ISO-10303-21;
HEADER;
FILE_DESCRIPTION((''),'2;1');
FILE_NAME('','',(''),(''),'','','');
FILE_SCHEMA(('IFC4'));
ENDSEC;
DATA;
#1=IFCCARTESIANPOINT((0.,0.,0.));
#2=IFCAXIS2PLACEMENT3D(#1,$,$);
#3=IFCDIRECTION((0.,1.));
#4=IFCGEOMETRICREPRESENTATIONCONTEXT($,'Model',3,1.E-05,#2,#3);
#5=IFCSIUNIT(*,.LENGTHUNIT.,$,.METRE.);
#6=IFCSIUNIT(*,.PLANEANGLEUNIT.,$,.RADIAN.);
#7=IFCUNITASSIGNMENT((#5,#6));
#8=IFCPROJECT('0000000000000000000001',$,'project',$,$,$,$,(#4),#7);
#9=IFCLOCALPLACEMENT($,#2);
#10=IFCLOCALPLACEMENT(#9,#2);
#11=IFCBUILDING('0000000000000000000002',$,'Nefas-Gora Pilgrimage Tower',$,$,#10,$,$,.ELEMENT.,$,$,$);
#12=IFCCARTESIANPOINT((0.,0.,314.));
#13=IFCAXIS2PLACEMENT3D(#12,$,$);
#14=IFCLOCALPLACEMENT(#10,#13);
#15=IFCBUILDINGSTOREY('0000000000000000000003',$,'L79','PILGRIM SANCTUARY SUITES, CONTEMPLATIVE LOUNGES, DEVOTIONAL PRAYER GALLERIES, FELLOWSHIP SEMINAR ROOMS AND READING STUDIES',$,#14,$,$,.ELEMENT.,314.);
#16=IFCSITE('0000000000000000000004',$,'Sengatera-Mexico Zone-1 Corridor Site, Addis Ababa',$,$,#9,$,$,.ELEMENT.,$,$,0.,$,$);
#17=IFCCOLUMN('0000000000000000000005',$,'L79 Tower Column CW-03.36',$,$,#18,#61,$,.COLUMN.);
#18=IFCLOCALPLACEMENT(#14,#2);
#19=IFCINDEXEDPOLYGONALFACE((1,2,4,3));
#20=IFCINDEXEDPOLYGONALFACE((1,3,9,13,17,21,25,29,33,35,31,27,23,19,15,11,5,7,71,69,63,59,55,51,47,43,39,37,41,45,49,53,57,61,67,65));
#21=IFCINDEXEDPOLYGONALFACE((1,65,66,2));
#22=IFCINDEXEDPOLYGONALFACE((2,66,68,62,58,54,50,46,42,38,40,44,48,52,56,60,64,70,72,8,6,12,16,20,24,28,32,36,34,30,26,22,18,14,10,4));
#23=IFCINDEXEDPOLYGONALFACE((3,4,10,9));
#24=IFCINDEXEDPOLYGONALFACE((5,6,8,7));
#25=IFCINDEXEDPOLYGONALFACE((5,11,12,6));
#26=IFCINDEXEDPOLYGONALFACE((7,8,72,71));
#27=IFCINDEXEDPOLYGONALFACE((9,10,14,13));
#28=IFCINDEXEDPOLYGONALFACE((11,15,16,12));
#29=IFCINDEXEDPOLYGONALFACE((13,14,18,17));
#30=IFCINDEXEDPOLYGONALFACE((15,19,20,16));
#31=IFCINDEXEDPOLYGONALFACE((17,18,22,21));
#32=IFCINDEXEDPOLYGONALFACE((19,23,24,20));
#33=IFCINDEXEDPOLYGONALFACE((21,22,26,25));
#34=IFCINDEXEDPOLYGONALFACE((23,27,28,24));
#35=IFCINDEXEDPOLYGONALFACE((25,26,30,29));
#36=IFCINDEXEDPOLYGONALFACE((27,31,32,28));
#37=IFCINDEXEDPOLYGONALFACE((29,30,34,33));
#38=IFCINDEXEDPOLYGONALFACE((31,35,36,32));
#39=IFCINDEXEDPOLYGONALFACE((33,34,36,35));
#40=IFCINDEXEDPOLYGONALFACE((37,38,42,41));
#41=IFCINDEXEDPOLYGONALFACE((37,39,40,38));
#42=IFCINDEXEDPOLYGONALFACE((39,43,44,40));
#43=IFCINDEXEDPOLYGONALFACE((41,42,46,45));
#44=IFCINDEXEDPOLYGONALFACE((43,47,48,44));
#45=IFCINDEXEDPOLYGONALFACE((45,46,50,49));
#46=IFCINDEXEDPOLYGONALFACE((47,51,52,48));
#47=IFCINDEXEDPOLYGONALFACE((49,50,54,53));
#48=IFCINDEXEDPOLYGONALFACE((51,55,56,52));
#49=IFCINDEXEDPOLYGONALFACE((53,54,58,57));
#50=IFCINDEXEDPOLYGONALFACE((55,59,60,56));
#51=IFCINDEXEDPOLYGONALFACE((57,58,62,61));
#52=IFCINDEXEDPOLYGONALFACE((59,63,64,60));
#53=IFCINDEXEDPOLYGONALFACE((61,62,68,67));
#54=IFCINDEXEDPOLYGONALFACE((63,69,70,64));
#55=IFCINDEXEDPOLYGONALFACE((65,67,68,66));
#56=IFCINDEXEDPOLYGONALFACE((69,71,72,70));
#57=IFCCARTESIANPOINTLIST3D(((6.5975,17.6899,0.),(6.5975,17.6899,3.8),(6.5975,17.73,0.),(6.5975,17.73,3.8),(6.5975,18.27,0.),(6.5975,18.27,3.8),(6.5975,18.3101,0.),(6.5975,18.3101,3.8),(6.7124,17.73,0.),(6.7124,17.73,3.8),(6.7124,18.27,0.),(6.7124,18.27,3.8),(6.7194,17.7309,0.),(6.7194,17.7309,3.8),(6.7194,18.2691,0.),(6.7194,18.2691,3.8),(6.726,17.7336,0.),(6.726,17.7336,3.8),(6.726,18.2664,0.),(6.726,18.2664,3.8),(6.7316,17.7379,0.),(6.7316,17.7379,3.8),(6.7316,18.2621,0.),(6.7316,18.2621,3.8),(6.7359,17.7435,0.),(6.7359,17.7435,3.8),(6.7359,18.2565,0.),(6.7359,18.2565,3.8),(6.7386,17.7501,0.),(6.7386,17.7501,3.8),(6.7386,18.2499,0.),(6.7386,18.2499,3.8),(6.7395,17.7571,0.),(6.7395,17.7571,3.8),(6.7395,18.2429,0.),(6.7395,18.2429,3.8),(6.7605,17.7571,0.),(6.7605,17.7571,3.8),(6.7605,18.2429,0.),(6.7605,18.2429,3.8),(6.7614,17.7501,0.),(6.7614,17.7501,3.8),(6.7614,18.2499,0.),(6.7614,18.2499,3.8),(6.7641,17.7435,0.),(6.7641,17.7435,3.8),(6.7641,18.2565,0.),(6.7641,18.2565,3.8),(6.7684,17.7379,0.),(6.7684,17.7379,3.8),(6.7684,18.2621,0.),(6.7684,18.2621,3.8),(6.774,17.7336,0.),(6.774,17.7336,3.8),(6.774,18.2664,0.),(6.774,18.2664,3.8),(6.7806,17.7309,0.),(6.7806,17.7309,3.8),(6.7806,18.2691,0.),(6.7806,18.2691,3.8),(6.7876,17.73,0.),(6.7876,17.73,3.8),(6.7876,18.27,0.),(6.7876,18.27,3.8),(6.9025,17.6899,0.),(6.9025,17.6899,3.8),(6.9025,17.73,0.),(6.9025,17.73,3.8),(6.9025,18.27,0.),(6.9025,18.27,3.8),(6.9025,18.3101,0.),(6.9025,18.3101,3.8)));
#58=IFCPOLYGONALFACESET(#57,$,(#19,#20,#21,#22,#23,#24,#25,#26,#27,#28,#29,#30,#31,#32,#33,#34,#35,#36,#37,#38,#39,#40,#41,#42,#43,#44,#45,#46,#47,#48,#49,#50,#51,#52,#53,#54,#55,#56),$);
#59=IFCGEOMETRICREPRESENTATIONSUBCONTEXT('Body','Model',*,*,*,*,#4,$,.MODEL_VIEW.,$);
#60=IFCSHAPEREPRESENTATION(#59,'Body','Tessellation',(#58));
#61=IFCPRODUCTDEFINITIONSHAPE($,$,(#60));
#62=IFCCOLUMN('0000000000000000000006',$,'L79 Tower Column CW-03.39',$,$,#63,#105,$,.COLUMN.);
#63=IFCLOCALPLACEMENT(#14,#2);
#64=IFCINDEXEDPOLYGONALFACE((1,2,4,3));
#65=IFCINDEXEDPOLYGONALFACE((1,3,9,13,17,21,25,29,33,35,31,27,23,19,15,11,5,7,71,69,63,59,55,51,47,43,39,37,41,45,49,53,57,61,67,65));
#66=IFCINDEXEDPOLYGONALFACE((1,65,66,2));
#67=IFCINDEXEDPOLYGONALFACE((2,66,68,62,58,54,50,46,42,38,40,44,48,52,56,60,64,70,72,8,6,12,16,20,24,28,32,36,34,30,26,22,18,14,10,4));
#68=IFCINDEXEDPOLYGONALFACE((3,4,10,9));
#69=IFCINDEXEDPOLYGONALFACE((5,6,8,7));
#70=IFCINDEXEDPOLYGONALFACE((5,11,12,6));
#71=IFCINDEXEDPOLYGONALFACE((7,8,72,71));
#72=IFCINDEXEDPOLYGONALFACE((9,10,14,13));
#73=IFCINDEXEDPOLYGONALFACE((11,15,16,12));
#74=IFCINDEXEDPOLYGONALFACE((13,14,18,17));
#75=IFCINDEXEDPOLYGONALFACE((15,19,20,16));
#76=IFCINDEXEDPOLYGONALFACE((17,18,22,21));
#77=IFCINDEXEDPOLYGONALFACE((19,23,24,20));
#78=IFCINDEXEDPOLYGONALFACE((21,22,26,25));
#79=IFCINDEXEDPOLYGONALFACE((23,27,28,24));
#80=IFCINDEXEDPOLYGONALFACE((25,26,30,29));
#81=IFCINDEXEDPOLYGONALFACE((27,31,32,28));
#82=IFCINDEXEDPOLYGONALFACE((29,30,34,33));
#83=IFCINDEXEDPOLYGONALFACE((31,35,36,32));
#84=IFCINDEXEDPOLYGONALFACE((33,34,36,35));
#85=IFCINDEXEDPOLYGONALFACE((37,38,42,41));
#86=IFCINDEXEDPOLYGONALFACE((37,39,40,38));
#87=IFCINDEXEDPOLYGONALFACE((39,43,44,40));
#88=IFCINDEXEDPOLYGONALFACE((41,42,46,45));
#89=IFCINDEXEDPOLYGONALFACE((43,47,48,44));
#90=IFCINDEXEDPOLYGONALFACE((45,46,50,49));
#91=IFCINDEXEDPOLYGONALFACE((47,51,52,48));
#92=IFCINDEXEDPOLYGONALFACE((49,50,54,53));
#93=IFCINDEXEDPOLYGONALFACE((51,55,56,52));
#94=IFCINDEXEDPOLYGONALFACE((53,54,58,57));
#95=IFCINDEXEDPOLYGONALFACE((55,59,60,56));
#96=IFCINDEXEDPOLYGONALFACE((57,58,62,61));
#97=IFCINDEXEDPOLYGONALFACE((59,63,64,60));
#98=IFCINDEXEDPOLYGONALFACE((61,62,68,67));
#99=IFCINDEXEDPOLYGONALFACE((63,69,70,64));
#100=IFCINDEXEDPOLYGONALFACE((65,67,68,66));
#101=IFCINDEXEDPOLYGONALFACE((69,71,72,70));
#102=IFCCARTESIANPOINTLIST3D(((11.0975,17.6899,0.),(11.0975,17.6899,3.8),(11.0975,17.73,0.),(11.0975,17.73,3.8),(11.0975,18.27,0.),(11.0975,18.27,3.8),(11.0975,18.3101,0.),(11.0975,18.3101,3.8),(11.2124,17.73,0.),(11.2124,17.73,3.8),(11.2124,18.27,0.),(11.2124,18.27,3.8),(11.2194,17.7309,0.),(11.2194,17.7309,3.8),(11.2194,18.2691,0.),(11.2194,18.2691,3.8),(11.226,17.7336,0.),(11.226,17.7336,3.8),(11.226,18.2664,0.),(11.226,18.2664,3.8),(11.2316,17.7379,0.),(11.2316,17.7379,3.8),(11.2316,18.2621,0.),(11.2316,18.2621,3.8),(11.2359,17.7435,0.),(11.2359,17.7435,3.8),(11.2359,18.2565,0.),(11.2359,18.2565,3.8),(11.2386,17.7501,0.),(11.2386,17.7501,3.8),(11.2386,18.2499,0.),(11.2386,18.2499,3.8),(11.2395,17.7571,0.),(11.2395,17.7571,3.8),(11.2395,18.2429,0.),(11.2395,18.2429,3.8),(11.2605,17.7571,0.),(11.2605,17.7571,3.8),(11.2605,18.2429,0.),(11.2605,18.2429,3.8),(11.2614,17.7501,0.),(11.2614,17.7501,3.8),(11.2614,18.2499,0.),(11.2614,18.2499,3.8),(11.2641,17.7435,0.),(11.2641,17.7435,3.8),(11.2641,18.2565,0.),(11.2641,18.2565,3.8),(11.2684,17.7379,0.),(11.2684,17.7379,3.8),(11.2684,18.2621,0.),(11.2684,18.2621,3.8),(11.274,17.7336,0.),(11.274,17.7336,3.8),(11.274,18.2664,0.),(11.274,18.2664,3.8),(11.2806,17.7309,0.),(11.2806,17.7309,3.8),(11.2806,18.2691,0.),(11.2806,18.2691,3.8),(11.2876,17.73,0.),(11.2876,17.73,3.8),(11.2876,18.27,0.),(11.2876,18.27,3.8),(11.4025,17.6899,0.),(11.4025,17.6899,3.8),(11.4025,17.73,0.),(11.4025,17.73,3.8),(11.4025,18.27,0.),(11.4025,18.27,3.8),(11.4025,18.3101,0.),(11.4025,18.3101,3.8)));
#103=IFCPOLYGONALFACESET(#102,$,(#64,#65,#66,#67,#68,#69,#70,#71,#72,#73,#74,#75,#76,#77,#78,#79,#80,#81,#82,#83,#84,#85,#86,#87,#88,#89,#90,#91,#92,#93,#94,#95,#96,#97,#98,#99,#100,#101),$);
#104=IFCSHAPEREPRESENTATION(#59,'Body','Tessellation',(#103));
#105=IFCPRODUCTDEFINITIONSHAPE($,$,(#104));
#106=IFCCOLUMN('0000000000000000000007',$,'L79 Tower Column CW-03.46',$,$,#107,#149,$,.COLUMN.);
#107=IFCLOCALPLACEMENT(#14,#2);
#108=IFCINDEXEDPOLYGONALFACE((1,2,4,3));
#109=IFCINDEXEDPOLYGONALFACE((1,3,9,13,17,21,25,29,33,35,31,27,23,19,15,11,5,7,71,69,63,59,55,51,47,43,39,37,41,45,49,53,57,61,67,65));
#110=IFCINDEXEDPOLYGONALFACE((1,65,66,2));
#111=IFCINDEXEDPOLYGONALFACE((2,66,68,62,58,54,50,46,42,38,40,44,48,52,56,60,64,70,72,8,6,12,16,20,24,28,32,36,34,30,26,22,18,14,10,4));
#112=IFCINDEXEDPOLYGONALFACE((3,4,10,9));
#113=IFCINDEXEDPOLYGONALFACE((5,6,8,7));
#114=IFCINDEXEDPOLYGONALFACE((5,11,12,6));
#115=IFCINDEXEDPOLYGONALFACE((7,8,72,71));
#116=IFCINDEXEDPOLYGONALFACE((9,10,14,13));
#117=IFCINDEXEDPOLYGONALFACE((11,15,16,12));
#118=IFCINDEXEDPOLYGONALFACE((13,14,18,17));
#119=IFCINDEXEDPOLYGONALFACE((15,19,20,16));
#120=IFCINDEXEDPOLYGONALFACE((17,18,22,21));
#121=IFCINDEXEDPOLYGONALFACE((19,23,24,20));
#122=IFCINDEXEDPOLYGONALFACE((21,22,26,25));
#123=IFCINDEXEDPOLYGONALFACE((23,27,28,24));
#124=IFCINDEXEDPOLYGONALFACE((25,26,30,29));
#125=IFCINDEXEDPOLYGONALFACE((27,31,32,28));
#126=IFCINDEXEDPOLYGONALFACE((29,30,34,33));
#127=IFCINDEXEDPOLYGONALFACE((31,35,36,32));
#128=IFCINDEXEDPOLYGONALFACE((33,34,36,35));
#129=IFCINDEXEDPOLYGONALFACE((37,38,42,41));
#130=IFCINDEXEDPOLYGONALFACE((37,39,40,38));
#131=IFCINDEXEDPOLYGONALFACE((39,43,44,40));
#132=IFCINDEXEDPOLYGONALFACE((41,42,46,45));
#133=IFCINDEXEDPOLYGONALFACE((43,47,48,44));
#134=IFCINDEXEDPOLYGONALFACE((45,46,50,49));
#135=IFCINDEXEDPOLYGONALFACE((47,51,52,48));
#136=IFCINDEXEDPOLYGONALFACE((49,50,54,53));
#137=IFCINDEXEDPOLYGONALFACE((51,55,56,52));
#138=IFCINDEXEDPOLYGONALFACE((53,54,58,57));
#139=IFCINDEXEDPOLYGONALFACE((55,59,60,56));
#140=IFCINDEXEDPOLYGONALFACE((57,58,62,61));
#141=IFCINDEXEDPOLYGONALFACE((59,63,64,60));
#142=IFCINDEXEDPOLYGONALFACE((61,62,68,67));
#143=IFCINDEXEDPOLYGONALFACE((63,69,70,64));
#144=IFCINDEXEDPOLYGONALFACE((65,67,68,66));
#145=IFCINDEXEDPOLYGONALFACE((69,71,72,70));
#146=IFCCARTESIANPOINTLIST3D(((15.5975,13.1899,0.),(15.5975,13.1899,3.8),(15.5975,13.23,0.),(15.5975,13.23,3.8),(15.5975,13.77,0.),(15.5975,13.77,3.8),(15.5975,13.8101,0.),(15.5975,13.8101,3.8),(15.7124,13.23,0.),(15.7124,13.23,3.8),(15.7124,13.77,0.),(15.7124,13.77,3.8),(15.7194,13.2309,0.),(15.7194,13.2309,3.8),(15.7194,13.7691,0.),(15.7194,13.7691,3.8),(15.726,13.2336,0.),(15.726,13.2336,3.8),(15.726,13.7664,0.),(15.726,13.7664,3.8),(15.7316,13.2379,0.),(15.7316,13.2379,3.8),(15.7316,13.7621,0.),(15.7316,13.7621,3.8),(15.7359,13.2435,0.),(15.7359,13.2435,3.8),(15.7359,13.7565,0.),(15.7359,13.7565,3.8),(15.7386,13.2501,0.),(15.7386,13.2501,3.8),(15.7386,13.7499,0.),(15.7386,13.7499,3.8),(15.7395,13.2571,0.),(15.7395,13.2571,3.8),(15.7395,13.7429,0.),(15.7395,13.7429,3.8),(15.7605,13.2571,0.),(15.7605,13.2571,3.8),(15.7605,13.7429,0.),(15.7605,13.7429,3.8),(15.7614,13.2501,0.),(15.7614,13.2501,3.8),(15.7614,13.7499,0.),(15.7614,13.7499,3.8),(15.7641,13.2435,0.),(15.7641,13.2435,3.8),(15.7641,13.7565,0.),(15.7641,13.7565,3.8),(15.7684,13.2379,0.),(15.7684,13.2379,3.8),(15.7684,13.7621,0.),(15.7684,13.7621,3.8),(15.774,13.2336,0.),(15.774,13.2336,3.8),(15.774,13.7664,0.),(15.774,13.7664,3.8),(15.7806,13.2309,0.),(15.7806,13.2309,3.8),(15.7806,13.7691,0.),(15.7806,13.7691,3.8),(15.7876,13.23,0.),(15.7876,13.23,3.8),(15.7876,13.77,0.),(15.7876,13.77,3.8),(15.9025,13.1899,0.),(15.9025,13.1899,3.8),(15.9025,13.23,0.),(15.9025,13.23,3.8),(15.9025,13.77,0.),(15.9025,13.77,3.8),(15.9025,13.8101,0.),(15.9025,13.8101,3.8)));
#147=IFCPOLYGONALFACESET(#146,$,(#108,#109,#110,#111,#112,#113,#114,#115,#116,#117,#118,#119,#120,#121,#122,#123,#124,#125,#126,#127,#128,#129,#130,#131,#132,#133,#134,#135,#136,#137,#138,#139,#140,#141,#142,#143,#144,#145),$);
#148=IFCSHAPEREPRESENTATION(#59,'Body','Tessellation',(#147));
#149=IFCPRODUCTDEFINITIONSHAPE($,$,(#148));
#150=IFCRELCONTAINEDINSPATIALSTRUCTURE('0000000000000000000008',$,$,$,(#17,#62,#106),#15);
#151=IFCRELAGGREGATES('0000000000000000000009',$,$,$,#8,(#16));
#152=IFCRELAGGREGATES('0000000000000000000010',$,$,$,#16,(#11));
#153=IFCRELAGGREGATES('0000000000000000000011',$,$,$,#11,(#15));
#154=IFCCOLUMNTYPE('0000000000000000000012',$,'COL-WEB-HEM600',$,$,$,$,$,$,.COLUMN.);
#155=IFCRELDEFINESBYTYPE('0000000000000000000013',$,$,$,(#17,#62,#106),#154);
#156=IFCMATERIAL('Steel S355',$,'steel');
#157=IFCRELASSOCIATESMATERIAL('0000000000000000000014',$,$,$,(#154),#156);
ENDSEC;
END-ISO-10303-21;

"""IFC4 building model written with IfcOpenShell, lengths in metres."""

from ifc_helpers import new_model, si_unit, direction, frame, origin, origin_2d, place, context, subcontext, project, spatial, i_section, extrude, source, transform, mapped, material, material_profile, profile_set, type_object, element, save


model = new_model("IFC4")

# Units and contexts
model_context = context("Model", 3, precision=1e-05, world=origin(), true_north=direction((0.0, 1.0)))
body_context = subcontext(model_context, "Body", "Model", "MODEL_VIEW")
ifc_project = project(units=[si_unit("LENGTHUNIT", "METRE"), si_unit("PLANEANGLEUNIT", "RADIAN")], contexts=[model_context])

# Site, building, storey
site_placement = place(None, origin())
site = spatial("IfcSite", under=ifc_project, at=site_placement, Name="Sengatera-Mexico Zone-1 Corridor Site, Addis Ababa", CompositionType="ELEMENT", RefElevation=0.0)
building_placement = place(site_placement, origin())
building = spatial("IfcBuilding", under=site, at=building_placement, Name="Nefas-Gora Pilgrimage Tower", CompositionType="ELEMENT")
storey_placement = place(building_placement, frame((0.0, 0.0, 314.0)))
storey = spatial("IfcBuildingStorey", under=building, at=storey_placement, Name="L79", Description="PILGRIM SANCTUARY SUITES, CONTEMPLATIVE LOUNGES, DEVOTIONAL PRAYER GALLERIES, FELLOWSHIP SEMINAR ROOMS AND READING STUDIES", CompositionType="ELEMENT", Elevation=314.0)

# Columns
ifc_material_1 = material(Name="Steel S355", Category="steel")
ifc_material_profile_1 = material_profile(ifc_material_1, i_section(OverallWidth=0.3049, OverallDepth=0.6201, WebThickness=0.021, FlangeThickness=0.04, FilletRadius=0.0271, at=origin_2d()), Name="HEM 600")
ifc_profile_set_1 = profile_set([ifc_material_profile_1], Name="Steel S355")
column_type_1 = type_object("IfcColumnType", Name="COL-WEB-HEM600", PredefinedType="COLUMN", material=ifc_profile_set_1)
shared_shape_1 = source(origin(), body_context, "Body", "SweptSolid", [
    extrude(i_section(OverallWidth=0.3049, OverallDepth=0.6201, WebThickness=0.021, FlangeThickness=0.04, FilletRadius=0.0271, at=origin_2d()), origin(), (0.0, 0.0, 1.0), 3.8),
])
for number, where, z_axis, x_axis, name in (
    (1, (6.75, 18.0, 0.0), (0.0, 0.0, 1.0), (1.0, 0.0, 0.0), "L79 Tower Column CW-03.36"),
    (2, (11.25, 18.0, 0.0), (0.0, 0.0, 1.0), (1.0, 0.0, 0.0), "L79 Tower Column CW-03.39"),
    (3, (15.75, 13.5, 0.0), (0.0, 0.0, 1.0), (1.0, 0.0, 0.0), "L79 Tower Column CW-03.46"),
):
    element("IfcColumn", number, at=place(storey_placement, frame(where, z_axis=z_axis, x_axis=x_axis)), inside=storey, type_object=column_type_1, Name=name, PredefinedType="COLUMN", context=body_context, shape_type="MappedRepresentation", body=[
        mapped(shared_shape_1, transform((0.0, 0.0, 0.0), x_axis=(1.0, 0.0, 0.0), y_axis=(0.0, 1.0, 0.0), z_axis=(0.0, 0.0, 1.0), scale=1.0)),
    ])

save(model, "model.ifc")
